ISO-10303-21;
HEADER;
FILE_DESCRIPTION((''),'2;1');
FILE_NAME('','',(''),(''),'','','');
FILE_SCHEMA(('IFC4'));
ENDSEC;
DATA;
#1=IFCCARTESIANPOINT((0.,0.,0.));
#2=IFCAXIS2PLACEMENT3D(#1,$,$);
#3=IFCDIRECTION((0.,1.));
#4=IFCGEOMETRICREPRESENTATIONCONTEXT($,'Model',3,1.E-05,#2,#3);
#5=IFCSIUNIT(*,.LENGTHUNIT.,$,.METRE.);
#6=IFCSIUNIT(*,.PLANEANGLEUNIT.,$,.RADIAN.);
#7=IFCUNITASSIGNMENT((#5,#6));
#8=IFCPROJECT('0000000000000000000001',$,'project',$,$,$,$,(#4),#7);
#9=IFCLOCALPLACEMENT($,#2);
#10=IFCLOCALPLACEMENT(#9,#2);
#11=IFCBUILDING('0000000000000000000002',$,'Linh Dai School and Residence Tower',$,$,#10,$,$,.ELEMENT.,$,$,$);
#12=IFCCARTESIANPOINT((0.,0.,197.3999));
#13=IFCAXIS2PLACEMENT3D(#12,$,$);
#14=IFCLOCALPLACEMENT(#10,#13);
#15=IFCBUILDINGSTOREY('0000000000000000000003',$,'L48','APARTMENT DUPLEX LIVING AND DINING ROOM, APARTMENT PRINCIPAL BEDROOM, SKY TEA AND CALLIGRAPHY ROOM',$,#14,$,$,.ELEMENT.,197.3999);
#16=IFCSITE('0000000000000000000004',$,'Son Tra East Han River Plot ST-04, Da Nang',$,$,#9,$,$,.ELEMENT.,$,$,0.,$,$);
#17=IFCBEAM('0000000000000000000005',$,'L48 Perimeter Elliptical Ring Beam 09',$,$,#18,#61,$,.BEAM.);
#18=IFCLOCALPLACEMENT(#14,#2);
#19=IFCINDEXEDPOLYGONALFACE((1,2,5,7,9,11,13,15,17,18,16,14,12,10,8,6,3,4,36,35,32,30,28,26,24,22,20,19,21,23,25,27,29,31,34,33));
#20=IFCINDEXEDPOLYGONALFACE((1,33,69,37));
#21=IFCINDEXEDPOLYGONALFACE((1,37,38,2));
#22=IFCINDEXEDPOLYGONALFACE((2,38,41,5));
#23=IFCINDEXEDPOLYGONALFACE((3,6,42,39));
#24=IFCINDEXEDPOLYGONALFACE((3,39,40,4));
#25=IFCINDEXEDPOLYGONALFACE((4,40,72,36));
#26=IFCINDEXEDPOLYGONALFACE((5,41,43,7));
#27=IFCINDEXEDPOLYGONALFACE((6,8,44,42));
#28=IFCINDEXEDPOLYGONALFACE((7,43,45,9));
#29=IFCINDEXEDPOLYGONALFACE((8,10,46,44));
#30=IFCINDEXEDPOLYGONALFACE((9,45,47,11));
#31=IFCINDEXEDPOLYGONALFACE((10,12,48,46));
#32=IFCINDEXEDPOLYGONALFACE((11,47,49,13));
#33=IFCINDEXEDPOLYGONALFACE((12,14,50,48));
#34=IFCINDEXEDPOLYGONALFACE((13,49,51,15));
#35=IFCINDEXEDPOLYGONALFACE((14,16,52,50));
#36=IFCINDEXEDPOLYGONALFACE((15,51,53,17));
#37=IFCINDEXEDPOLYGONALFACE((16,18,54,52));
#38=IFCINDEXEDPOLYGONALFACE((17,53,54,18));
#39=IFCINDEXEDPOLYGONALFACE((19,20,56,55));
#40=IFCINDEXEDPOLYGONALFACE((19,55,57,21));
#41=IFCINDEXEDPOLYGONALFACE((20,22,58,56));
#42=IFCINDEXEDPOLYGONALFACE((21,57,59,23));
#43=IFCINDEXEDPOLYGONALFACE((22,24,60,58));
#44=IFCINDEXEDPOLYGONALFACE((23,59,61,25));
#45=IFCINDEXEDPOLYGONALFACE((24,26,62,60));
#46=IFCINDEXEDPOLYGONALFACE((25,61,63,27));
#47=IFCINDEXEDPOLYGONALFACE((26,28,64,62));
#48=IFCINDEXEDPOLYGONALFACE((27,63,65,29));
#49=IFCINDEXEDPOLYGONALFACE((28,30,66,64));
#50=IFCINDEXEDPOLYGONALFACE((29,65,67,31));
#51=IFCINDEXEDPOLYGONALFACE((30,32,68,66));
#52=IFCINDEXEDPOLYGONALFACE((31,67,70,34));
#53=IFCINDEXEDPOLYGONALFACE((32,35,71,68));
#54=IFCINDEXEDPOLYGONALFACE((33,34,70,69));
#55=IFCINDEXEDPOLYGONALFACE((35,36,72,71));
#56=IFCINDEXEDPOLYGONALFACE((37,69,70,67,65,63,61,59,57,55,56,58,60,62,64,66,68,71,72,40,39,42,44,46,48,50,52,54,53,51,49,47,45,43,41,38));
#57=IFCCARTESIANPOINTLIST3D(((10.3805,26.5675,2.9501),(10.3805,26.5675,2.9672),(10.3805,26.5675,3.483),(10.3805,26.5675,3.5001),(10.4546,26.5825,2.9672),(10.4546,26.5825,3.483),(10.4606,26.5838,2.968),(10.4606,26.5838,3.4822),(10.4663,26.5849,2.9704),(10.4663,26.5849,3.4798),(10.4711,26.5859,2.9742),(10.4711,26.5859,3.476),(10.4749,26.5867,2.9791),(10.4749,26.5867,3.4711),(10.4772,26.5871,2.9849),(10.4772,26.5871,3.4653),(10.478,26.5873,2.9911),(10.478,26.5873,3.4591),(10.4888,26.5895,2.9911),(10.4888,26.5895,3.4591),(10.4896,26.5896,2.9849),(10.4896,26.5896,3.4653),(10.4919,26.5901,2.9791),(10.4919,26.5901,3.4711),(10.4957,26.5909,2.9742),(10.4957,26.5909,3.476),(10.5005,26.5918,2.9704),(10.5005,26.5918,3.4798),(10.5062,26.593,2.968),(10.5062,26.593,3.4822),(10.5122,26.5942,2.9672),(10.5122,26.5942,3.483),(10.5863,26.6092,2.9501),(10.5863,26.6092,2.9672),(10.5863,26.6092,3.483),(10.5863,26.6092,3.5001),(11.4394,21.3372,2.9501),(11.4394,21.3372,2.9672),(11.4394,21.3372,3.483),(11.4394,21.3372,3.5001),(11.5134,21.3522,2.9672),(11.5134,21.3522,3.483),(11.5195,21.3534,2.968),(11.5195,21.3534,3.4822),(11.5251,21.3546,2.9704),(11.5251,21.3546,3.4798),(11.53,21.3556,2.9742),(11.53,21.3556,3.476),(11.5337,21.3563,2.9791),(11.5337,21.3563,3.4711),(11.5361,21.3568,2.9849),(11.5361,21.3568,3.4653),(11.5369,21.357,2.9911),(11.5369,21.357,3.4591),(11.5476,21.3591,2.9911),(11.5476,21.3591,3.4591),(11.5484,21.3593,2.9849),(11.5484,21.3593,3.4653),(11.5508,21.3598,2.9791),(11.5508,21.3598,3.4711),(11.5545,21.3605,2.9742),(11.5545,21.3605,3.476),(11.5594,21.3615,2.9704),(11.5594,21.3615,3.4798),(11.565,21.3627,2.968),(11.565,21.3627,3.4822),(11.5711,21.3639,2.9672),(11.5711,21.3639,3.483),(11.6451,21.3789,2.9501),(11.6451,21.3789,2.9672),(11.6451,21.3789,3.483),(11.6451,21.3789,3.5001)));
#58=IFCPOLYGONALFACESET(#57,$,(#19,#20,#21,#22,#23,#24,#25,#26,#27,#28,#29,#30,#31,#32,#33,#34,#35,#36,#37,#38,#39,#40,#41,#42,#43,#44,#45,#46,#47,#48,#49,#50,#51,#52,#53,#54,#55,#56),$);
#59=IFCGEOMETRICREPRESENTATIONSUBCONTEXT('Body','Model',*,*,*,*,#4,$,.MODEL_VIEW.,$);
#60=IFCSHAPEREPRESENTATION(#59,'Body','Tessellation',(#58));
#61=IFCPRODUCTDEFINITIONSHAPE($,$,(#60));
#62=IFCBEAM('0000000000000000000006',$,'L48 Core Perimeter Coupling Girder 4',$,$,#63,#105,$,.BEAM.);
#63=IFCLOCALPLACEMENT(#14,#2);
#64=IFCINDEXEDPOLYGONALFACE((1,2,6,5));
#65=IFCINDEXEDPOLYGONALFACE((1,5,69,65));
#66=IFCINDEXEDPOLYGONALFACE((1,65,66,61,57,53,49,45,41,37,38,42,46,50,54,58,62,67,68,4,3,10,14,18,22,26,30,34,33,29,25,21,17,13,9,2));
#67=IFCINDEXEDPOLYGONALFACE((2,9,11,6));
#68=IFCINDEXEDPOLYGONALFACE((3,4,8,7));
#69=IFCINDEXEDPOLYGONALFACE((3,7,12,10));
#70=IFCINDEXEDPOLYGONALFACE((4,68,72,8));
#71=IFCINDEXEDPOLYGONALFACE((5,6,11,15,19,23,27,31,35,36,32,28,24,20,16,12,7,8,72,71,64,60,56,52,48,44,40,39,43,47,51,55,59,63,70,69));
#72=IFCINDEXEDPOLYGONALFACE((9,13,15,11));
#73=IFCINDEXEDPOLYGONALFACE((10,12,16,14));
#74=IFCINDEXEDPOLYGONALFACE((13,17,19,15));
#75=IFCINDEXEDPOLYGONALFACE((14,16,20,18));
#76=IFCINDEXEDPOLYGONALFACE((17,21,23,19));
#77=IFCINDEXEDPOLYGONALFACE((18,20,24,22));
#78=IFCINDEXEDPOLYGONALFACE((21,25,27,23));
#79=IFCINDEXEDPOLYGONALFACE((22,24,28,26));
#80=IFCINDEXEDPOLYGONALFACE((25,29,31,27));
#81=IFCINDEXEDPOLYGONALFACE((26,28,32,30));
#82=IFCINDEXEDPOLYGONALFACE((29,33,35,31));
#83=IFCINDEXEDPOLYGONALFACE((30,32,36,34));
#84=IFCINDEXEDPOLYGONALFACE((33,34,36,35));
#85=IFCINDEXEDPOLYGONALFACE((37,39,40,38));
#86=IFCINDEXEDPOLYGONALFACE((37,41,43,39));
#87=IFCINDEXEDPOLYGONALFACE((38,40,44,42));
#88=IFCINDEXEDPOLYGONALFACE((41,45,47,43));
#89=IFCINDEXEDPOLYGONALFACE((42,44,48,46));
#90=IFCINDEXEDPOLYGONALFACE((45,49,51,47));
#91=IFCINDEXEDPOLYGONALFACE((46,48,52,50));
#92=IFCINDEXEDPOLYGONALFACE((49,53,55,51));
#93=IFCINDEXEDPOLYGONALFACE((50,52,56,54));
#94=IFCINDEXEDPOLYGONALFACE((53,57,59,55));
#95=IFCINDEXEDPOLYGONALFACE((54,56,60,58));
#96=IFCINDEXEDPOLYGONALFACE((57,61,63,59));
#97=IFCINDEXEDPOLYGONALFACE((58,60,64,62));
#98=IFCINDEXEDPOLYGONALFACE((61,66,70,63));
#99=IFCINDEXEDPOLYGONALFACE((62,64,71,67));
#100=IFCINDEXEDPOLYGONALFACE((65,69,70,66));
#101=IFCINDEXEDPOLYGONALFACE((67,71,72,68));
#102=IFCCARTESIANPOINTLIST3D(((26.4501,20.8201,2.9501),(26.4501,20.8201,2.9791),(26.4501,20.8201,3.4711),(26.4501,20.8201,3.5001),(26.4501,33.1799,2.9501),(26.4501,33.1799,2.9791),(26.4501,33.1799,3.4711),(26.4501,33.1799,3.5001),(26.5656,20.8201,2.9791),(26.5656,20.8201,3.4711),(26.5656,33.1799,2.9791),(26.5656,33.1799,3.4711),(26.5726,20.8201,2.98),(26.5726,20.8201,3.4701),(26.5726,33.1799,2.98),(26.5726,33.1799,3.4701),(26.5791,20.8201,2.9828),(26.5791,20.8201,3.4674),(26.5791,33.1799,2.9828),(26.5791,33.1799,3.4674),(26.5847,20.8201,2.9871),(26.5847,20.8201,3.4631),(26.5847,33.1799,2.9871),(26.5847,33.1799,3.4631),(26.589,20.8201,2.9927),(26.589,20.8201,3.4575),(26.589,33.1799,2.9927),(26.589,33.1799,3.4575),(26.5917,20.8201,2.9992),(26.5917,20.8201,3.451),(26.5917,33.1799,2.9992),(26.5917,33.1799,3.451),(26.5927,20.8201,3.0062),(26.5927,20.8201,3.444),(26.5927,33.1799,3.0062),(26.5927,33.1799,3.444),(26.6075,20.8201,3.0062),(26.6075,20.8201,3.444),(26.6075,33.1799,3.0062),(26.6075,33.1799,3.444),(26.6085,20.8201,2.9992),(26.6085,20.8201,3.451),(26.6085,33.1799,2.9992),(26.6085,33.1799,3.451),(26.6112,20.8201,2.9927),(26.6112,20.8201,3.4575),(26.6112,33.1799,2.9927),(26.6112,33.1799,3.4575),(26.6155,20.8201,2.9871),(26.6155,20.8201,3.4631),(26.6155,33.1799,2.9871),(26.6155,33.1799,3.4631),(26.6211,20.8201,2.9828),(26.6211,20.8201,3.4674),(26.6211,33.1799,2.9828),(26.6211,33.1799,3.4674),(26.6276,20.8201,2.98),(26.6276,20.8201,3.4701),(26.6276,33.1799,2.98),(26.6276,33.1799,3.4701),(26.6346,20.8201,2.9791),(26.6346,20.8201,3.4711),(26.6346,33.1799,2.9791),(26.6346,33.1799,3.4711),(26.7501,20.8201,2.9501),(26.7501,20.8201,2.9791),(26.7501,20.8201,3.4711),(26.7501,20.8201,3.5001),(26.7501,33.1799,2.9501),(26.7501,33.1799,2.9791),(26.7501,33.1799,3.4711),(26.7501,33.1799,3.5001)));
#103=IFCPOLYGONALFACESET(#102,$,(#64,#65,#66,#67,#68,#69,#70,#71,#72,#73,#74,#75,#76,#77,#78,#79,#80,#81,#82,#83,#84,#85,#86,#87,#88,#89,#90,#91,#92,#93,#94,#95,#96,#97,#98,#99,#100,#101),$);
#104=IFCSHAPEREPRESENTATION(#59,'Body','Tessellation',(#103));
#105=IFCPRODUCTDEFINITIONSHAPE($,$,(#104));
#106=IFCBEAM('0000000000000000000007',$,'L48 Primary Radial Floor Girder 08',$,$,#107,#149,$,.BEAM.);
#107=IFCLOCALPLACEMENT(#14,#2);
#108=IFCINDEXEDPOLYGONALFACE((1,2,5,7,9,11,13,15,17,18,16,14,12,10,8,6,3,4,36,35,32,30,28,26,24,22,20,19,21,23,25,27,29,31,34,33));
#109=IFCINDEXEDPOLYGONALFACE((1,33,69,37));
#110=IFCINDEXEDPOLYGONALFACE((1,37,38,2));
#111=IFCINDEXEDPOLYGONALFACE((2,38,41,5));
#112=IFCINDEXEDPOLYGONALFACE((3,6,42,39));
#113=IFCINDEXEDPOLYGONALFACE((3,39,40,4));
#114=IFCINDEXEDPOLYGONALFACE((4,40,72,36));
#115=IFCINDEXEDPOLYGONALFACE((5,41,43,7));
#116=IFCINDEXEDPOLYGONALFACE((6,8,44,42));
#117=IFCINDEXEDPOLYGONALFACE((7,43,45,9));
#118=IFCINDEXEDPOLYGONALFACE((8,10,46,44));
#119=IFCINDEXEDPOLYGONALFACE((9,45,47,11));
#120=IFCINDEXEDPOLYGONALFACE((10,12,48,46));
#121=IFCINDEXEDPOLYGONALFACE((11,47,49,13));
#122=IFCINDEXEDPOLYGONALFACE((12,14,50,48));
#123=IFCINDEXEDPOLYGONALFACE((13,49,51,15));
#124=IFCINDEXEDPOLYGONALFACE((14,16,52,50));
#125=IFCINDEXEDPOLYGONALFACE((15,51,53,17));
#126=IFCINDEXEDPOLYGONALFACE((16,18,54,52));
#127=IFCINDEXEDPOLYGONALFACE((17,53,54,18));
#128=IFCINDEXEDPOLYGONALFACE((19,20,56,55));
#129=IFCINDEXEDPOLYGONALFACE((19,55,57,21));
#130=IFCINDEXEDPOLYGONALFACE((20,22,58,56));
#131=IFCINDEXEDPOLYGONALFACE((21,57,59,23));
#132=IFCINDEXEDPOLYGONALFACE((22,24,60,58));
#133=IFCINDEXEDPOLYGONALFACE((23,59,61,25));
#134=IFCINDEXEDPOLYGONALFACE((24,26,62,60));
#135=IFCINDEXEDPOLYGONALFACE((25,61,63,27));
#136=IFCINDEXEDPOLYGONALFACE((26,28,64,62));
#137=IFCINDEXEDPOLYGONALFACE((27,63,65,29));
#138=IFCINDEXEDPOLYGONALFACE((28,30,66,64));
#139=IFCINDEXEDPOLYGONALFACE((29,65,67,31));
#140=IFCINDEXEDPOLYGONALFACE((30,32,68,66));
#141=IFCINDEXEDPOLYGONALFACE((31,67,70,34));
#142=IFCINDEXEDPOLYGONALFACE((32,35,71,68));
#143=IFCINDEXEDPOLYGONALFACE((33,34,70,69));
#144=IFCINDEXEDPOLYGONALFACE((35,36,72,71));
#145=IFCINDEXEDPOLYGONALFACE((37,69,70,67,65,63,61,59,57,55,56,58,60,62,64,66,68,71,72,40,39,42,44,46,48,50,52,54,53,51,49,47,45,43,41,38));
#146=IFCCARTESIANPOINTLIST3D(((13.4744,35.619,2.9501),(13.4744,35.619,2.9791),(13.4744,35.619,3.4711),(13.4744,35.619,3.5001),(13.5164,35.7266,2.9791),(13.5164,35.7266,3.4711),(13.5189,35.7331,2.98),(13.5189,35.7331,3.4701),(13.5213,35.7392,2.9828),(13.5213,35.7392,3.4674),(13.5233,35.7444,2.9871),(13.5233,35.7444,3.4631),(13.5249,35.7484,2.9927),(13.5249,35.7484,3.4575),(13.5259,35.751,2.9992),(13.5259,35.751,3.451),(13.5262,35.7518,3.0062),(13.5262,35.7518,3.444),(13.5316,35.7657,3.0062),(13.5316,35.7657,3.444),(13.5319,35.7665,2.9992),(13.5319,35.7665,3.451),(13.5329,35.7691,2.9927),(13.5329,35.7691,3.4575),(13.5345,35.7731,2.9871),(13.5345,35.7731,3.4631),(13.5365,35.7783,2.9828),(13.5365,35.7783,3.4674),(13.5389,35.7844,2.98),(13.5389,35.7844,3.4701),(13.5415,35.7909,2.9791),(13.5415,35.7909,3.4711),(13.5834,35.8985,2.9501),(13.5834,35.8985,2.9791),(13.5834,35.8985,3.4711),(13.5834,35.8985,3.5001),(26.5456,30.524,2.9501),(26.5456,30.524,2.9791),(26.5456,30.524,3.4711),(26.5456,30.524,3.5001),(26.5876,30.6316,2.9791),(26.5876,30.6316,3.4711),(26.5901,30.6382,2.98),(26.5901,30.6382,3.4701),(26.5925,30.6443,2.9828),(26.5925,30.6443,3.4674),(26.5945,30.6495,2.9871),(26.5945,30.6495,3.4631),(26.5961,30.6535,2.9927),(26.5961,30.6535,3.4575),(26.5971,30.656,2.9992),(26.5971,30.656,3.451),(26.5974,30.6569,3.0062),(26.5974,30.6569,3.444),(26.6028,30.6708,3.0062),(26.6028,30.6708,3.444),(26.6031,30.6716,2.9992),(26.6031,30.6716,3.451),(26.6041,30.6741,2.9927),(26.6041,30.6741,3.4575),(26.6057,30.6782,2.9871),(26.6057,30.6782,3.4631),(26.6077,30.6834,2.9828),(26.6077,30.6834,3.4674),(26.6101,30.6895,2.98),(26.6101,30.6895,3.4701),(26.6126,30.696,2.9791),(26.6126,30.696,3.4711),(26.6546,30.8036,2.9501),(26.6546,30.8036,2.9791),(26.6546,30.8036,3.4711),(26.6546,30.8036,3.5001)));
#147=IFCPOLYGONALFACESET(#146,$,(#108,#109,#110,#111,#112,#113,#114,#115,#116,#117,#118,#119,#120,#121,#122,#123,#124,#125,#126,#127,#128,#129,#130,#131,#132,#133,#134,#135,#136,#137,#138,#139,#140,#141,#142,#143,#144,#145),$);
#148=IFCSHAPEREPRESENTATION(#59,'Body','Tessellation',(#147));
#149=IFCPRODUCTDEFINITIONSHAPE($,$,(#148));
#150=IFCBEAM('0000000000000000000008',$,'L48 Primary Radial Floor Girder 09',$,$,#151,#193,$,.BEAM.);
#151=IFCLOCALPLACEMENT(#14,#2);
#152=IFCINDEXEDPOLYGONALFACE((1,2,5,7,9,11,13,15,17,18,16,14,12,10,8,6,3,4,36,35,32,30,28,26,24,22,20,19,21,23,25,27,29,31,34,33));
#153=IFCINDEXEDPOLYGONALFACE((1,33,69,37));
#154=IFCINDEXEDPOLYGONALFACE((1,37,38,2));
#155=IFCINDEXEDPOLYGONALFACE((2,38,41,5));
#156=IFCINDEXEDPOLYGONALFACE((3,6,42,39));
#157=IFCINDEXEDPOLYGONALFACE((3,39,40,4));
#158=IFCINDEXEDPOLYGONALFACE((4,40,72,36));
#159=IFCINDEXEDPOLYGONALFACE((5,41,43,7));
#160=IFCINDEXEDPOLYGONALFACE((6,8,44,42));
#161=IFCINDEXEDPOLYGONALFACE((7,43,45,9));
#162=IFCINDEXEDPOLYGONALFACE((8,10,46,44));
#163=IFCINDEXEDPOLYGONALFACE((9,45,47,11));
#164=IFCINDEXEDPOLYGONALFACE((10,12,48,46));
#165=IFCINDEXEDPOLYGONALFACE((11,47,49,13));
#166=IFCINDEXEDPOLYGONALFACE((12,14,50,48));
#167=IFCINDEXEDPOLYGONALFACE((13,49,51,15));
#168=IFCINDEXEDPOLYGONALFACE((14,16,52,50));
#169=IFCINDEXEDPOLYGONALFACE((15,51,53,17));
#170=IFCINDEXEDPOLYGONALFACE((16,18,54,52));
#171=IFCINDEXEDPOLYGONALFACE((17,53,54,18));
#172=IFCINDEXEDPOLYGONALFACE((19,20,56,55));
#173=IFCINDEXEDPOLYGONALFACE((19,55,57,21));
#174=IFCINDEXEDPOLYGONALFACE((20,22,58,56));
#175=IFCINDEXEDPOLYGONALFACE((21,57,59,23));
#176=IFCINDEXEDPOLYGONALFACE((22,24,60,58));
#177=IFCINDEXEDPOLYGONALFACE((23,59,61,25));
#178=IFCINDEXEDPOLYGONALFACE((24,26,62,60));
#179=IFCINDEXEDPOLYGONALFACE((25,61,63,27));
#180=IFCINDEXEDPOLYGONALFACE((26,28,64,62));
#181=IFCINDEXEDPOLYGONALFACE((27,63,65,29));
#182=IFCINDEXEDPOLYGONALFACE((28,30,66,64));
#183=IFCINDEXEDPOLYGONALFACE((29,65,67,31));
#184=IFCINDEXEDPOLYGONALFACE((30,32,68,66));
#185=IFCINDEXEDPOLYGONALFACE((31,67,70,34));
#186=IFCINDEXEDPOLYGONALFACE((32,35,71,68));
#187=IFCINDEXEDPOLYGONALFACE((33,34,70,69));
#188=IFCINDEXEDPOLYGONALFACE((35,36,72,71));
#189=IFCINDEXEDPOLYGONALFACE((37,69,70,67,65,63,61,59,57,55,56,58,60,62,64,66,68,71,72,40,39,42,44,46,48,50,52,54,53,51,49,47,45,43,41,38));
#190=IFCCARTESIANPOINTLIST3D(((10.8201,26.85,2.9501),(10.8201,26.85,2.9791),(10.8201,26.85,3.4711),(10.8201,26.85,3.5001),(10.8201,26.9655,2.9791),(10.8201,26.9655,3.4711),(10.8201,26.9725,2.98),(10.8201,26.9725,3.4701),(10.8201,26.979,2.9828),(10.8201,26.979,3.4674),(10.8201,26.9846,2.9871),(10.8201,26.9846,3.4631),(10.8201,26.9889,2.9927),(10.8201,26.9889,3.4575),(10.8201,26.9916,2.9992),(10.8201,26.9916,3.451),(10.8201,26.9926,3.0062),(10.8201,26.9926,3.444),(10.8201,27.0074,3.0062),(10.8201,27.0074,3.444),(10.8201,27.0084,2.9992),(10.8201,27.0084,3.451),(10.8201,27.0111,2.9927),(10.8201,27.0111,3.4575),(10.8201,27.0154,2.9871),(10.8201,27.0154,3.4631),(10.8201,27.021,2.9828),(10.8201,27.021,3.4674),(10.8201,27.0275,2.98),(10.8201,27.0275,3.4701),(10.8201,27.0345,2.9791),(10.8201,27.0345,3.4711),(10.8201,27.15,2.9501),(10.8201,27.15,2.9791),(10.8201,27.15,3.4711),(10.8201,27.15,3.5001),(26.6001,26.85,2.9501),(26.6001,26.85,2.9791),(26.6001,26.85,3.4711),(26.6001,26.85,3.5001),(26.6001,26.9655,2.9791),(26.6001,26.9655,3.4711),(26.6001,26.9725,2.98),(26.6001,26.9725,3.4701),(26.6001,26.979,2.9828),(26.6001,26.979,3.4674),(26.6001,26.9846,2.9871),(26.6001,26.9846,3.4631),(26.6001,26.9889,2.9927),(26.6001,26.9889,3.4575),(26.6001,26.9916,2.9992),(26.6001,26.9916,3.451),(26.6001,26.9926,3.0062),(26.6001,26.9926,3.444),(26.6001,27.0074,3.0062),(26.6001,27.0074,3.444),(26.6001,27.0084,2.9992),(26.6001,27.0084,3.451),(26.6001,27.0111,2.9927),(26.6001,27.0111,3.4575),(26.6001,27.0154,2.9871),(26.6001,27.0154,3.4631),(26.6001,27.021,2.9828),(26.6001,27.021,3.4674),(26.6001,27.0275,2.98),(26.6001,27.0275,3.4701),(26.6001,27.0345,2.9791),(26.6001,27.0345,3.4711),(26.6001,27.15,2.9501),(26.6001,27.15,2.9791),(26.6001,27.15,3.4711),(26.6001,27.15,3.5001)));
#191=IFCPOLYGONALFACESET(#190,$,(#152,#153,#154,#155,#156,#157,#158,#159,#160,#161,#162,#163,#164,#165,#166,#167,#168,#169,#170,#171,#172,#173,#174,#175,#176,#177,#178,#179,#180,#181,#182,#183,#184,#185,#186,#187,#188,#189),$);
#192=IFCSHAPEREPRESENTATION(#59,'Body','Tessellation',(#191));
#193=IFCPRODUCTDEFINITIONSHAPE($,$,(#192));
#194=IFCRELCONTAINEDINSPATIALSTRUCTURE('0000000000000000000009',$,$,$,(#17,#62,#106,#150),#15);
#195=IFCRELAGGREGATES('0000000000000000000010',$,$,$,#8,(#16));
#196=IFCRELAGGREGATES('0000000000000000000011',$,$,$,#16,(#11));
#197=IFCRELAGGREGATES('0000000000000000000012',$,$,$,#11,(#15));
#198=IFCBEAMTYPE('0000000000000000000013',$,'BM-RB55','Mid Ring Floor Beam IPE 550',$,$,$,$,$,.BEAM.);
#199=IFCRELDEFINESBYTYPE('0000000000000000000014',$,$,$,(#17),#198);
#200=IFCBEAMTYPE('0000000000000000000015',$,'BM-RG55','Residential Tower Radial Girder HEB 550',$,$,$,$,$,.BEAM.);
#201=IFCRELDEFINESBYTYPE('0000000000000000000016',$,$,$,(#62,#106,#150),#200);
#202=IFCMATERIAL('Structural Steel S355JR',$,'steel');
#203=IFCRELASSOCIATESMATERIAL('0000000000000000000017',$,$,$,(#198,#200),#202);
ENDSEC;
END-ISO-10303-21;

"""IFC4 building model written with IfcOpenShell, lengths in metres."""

from ifc_helpers import new_model, si_unit, direction, frame, origin, origin_2d, place, context, subcontext, project, spatial, i_section, extrude, material, material_profile, profile_set, type_object, element, save


model = new_model("IFC4")

# Units and contexts
model_context = context("Model", 3, precision=1e-05, world=origin(), true_north=direction((0.0, 1.0)))
body_context = subcontext(model_context, "Body", "Model", "MODEL_VIEW")
ifc_project = project(units=[si_unit("LENGTHUNIT", "METRE"), si_unit("PLANEANGLEUNIT", "RADIAN")], contexts=[model_context])

# Site, building, storey
site_placement = place(None, origin())
site = spatial("IfcSite", under=ifc_project, at=site_placement, Name="Son Tra East Han River Plot ST-04, Da Nang", CompositionType="ELEMENT", RefElevation=0.0)
building_placement = place(site_placement, origin())
building = spatial("IfcBuilding", under=site, at=building_placement, Name="Linh Dai School and Residence Tower", CompositionType="ELEMENT")
storey_placement = place(building_placement, frame((0.0, 0.0, 197.3999)))
storey = spatial("IfcBuildingStorey", under=building, at=storey_placement, Name="L48", Description="APARTMENT DUPLEX LIVING AND DINING ROOM, APARTMENT PRINCIPAL BEDROOM, SKY TEA AND CALLIGRAPHY ROOM", CompositionType="ELEMENT", Elevation=197.3999)

# Shared definitions
ifc_material_1 = material(Name="Structural Steel S355JR", Category="steel")

# Beams
ifc_material_profile_1 = material_profile(ifc_material_1, i_section(OverallWidth=0.21, OverallDepth=0.55, WebThickness=0.011, FlangeThickness=0.0171, FilletRadius=0.0239, at=origin_2d()), Name="IPE 550")
ifc_profile_set_1 = profile_set([ifc_material_profile_1], Name="Structural Steel S355JR")
beam_type_1 = type_object("IfcBeamType", Name="BM-RB55", Description="Mid Ring Floor Beam IPE 550", PredefinedType="BEAM", material=ifc_profile_set_1)
beam_1_placement = place(storey_placement, frame((10.4834, 26.5884, 3.2251), z_axis=(0.198421, -0.980117, 0.0), x_axis=(0.980117, 0.198421, 0.0)))
element("IfcBeam", 1, at=beam_1_placement, inside=storey, type_object=beam_type_1, Name="L48 Perimeter Elliptical Ring Beam 09", PredefinedType="BEAM", context=body_context, shape_type="SweptSolid", body=[
    extrude(i_section(OverallWidth=0.21, OverallDepth=0.55, WebThickness=0.011, FlangeThickness=0.0171, FilletRadius=0.0239, at=origin_2d()), origin(), (0.0, 0.0, 1.0), 5.3364),
])
ifc_material_profile_2 = material_profile(ifc_material_1, i_section(OverallWidth=0.3, OverallDepth=0.55, WebThickness=0.0149, FlangeThickness=0.0291, FilletRadius=0.0271, at=origin_2d()), Name="HEB 550")
ifc_profile_set_2 = profile_set([ifc_material_profile_2], Name="Structural Steel S355JR")
beam_type_2 = type_object("IfcBeamType", Name="BM-RG55", Description="Residential Tower Radial Girder HEB 550", PredefinedType="BEAM", material=ifc_profile_set_2)
beam_2_placement = place(storey_placement, frame((26.6001, 33.1799, 3.2251), z_axis=(0.0, -1.0, 0.0), x_axis=(1.0, 0.0, 0.0)))
element("IfcBeam", 2, at=beam_2_placement, inside=storey, type_object=beam_type_2, Name="L48 Core Perimeter Coupling Girder 4", PredefinedType="BEAM", context=body_context, shape_type="SweptSolid", body=[
    extrude(i_section(OverallWidth=0.3, OverallDepth=0.55, WebThickness=0.0149, FlangeThickness=0.0291, FilletRadius=0.0271, at=origin_2d()), origin(), (0.0, 0.0, 1.0), 12.3599),
])
beam_3_placement = place(storey_placement, frame((26.6001, 30.6638, 3.2251), z_axis=(-0.931723, 0.36317, 0.0), x_axis=(-0.36317, -0.931723, 0.0)))
element("IfcBeam", 3, at=beam_3_placement, inside=storey, type_object=beam_type_2, Name="L48 Primary Radial Floor Girder 08", PredefinedType="BEAM", context=body_context, shape_type="SweptSolid", body=[
    extrude(i_section(OverallWidth=0.3, OverallDepth=0.55, WebThickness=0.0149, FlangeThickness=0.0291, FilletRadius=0.0271, at=origin_2d()), origin(), (0.0, 0.0, 1.0), 14.0291),
])
beam_4_placement = place(storey_placement, frame((26.6001, 27.0, 3.2251), z_axis=(-1.0, 0.0, 0.0), x_axis=(0.0, -1.0, 0.0)))
element("IfcBeam", 4, at=beam_4_placement, inside=storey, type_object=beam_type_2, Name="L48 Primary Radial Floor Girder 09", PredefinedType="BEAM", context=body_context, shape_type="SweptSolid", body=[
    extrude(i_section(OverallWidth=0.3, OverallDepth=0.55, WebThickness=0.0149, FlangeThickness=0.0291, FilletRadius=0.0271, at=origin_2d()), origin(), (0.0, 0.0, 1.0), 15.78),
])

save(model, "model.ifc")
